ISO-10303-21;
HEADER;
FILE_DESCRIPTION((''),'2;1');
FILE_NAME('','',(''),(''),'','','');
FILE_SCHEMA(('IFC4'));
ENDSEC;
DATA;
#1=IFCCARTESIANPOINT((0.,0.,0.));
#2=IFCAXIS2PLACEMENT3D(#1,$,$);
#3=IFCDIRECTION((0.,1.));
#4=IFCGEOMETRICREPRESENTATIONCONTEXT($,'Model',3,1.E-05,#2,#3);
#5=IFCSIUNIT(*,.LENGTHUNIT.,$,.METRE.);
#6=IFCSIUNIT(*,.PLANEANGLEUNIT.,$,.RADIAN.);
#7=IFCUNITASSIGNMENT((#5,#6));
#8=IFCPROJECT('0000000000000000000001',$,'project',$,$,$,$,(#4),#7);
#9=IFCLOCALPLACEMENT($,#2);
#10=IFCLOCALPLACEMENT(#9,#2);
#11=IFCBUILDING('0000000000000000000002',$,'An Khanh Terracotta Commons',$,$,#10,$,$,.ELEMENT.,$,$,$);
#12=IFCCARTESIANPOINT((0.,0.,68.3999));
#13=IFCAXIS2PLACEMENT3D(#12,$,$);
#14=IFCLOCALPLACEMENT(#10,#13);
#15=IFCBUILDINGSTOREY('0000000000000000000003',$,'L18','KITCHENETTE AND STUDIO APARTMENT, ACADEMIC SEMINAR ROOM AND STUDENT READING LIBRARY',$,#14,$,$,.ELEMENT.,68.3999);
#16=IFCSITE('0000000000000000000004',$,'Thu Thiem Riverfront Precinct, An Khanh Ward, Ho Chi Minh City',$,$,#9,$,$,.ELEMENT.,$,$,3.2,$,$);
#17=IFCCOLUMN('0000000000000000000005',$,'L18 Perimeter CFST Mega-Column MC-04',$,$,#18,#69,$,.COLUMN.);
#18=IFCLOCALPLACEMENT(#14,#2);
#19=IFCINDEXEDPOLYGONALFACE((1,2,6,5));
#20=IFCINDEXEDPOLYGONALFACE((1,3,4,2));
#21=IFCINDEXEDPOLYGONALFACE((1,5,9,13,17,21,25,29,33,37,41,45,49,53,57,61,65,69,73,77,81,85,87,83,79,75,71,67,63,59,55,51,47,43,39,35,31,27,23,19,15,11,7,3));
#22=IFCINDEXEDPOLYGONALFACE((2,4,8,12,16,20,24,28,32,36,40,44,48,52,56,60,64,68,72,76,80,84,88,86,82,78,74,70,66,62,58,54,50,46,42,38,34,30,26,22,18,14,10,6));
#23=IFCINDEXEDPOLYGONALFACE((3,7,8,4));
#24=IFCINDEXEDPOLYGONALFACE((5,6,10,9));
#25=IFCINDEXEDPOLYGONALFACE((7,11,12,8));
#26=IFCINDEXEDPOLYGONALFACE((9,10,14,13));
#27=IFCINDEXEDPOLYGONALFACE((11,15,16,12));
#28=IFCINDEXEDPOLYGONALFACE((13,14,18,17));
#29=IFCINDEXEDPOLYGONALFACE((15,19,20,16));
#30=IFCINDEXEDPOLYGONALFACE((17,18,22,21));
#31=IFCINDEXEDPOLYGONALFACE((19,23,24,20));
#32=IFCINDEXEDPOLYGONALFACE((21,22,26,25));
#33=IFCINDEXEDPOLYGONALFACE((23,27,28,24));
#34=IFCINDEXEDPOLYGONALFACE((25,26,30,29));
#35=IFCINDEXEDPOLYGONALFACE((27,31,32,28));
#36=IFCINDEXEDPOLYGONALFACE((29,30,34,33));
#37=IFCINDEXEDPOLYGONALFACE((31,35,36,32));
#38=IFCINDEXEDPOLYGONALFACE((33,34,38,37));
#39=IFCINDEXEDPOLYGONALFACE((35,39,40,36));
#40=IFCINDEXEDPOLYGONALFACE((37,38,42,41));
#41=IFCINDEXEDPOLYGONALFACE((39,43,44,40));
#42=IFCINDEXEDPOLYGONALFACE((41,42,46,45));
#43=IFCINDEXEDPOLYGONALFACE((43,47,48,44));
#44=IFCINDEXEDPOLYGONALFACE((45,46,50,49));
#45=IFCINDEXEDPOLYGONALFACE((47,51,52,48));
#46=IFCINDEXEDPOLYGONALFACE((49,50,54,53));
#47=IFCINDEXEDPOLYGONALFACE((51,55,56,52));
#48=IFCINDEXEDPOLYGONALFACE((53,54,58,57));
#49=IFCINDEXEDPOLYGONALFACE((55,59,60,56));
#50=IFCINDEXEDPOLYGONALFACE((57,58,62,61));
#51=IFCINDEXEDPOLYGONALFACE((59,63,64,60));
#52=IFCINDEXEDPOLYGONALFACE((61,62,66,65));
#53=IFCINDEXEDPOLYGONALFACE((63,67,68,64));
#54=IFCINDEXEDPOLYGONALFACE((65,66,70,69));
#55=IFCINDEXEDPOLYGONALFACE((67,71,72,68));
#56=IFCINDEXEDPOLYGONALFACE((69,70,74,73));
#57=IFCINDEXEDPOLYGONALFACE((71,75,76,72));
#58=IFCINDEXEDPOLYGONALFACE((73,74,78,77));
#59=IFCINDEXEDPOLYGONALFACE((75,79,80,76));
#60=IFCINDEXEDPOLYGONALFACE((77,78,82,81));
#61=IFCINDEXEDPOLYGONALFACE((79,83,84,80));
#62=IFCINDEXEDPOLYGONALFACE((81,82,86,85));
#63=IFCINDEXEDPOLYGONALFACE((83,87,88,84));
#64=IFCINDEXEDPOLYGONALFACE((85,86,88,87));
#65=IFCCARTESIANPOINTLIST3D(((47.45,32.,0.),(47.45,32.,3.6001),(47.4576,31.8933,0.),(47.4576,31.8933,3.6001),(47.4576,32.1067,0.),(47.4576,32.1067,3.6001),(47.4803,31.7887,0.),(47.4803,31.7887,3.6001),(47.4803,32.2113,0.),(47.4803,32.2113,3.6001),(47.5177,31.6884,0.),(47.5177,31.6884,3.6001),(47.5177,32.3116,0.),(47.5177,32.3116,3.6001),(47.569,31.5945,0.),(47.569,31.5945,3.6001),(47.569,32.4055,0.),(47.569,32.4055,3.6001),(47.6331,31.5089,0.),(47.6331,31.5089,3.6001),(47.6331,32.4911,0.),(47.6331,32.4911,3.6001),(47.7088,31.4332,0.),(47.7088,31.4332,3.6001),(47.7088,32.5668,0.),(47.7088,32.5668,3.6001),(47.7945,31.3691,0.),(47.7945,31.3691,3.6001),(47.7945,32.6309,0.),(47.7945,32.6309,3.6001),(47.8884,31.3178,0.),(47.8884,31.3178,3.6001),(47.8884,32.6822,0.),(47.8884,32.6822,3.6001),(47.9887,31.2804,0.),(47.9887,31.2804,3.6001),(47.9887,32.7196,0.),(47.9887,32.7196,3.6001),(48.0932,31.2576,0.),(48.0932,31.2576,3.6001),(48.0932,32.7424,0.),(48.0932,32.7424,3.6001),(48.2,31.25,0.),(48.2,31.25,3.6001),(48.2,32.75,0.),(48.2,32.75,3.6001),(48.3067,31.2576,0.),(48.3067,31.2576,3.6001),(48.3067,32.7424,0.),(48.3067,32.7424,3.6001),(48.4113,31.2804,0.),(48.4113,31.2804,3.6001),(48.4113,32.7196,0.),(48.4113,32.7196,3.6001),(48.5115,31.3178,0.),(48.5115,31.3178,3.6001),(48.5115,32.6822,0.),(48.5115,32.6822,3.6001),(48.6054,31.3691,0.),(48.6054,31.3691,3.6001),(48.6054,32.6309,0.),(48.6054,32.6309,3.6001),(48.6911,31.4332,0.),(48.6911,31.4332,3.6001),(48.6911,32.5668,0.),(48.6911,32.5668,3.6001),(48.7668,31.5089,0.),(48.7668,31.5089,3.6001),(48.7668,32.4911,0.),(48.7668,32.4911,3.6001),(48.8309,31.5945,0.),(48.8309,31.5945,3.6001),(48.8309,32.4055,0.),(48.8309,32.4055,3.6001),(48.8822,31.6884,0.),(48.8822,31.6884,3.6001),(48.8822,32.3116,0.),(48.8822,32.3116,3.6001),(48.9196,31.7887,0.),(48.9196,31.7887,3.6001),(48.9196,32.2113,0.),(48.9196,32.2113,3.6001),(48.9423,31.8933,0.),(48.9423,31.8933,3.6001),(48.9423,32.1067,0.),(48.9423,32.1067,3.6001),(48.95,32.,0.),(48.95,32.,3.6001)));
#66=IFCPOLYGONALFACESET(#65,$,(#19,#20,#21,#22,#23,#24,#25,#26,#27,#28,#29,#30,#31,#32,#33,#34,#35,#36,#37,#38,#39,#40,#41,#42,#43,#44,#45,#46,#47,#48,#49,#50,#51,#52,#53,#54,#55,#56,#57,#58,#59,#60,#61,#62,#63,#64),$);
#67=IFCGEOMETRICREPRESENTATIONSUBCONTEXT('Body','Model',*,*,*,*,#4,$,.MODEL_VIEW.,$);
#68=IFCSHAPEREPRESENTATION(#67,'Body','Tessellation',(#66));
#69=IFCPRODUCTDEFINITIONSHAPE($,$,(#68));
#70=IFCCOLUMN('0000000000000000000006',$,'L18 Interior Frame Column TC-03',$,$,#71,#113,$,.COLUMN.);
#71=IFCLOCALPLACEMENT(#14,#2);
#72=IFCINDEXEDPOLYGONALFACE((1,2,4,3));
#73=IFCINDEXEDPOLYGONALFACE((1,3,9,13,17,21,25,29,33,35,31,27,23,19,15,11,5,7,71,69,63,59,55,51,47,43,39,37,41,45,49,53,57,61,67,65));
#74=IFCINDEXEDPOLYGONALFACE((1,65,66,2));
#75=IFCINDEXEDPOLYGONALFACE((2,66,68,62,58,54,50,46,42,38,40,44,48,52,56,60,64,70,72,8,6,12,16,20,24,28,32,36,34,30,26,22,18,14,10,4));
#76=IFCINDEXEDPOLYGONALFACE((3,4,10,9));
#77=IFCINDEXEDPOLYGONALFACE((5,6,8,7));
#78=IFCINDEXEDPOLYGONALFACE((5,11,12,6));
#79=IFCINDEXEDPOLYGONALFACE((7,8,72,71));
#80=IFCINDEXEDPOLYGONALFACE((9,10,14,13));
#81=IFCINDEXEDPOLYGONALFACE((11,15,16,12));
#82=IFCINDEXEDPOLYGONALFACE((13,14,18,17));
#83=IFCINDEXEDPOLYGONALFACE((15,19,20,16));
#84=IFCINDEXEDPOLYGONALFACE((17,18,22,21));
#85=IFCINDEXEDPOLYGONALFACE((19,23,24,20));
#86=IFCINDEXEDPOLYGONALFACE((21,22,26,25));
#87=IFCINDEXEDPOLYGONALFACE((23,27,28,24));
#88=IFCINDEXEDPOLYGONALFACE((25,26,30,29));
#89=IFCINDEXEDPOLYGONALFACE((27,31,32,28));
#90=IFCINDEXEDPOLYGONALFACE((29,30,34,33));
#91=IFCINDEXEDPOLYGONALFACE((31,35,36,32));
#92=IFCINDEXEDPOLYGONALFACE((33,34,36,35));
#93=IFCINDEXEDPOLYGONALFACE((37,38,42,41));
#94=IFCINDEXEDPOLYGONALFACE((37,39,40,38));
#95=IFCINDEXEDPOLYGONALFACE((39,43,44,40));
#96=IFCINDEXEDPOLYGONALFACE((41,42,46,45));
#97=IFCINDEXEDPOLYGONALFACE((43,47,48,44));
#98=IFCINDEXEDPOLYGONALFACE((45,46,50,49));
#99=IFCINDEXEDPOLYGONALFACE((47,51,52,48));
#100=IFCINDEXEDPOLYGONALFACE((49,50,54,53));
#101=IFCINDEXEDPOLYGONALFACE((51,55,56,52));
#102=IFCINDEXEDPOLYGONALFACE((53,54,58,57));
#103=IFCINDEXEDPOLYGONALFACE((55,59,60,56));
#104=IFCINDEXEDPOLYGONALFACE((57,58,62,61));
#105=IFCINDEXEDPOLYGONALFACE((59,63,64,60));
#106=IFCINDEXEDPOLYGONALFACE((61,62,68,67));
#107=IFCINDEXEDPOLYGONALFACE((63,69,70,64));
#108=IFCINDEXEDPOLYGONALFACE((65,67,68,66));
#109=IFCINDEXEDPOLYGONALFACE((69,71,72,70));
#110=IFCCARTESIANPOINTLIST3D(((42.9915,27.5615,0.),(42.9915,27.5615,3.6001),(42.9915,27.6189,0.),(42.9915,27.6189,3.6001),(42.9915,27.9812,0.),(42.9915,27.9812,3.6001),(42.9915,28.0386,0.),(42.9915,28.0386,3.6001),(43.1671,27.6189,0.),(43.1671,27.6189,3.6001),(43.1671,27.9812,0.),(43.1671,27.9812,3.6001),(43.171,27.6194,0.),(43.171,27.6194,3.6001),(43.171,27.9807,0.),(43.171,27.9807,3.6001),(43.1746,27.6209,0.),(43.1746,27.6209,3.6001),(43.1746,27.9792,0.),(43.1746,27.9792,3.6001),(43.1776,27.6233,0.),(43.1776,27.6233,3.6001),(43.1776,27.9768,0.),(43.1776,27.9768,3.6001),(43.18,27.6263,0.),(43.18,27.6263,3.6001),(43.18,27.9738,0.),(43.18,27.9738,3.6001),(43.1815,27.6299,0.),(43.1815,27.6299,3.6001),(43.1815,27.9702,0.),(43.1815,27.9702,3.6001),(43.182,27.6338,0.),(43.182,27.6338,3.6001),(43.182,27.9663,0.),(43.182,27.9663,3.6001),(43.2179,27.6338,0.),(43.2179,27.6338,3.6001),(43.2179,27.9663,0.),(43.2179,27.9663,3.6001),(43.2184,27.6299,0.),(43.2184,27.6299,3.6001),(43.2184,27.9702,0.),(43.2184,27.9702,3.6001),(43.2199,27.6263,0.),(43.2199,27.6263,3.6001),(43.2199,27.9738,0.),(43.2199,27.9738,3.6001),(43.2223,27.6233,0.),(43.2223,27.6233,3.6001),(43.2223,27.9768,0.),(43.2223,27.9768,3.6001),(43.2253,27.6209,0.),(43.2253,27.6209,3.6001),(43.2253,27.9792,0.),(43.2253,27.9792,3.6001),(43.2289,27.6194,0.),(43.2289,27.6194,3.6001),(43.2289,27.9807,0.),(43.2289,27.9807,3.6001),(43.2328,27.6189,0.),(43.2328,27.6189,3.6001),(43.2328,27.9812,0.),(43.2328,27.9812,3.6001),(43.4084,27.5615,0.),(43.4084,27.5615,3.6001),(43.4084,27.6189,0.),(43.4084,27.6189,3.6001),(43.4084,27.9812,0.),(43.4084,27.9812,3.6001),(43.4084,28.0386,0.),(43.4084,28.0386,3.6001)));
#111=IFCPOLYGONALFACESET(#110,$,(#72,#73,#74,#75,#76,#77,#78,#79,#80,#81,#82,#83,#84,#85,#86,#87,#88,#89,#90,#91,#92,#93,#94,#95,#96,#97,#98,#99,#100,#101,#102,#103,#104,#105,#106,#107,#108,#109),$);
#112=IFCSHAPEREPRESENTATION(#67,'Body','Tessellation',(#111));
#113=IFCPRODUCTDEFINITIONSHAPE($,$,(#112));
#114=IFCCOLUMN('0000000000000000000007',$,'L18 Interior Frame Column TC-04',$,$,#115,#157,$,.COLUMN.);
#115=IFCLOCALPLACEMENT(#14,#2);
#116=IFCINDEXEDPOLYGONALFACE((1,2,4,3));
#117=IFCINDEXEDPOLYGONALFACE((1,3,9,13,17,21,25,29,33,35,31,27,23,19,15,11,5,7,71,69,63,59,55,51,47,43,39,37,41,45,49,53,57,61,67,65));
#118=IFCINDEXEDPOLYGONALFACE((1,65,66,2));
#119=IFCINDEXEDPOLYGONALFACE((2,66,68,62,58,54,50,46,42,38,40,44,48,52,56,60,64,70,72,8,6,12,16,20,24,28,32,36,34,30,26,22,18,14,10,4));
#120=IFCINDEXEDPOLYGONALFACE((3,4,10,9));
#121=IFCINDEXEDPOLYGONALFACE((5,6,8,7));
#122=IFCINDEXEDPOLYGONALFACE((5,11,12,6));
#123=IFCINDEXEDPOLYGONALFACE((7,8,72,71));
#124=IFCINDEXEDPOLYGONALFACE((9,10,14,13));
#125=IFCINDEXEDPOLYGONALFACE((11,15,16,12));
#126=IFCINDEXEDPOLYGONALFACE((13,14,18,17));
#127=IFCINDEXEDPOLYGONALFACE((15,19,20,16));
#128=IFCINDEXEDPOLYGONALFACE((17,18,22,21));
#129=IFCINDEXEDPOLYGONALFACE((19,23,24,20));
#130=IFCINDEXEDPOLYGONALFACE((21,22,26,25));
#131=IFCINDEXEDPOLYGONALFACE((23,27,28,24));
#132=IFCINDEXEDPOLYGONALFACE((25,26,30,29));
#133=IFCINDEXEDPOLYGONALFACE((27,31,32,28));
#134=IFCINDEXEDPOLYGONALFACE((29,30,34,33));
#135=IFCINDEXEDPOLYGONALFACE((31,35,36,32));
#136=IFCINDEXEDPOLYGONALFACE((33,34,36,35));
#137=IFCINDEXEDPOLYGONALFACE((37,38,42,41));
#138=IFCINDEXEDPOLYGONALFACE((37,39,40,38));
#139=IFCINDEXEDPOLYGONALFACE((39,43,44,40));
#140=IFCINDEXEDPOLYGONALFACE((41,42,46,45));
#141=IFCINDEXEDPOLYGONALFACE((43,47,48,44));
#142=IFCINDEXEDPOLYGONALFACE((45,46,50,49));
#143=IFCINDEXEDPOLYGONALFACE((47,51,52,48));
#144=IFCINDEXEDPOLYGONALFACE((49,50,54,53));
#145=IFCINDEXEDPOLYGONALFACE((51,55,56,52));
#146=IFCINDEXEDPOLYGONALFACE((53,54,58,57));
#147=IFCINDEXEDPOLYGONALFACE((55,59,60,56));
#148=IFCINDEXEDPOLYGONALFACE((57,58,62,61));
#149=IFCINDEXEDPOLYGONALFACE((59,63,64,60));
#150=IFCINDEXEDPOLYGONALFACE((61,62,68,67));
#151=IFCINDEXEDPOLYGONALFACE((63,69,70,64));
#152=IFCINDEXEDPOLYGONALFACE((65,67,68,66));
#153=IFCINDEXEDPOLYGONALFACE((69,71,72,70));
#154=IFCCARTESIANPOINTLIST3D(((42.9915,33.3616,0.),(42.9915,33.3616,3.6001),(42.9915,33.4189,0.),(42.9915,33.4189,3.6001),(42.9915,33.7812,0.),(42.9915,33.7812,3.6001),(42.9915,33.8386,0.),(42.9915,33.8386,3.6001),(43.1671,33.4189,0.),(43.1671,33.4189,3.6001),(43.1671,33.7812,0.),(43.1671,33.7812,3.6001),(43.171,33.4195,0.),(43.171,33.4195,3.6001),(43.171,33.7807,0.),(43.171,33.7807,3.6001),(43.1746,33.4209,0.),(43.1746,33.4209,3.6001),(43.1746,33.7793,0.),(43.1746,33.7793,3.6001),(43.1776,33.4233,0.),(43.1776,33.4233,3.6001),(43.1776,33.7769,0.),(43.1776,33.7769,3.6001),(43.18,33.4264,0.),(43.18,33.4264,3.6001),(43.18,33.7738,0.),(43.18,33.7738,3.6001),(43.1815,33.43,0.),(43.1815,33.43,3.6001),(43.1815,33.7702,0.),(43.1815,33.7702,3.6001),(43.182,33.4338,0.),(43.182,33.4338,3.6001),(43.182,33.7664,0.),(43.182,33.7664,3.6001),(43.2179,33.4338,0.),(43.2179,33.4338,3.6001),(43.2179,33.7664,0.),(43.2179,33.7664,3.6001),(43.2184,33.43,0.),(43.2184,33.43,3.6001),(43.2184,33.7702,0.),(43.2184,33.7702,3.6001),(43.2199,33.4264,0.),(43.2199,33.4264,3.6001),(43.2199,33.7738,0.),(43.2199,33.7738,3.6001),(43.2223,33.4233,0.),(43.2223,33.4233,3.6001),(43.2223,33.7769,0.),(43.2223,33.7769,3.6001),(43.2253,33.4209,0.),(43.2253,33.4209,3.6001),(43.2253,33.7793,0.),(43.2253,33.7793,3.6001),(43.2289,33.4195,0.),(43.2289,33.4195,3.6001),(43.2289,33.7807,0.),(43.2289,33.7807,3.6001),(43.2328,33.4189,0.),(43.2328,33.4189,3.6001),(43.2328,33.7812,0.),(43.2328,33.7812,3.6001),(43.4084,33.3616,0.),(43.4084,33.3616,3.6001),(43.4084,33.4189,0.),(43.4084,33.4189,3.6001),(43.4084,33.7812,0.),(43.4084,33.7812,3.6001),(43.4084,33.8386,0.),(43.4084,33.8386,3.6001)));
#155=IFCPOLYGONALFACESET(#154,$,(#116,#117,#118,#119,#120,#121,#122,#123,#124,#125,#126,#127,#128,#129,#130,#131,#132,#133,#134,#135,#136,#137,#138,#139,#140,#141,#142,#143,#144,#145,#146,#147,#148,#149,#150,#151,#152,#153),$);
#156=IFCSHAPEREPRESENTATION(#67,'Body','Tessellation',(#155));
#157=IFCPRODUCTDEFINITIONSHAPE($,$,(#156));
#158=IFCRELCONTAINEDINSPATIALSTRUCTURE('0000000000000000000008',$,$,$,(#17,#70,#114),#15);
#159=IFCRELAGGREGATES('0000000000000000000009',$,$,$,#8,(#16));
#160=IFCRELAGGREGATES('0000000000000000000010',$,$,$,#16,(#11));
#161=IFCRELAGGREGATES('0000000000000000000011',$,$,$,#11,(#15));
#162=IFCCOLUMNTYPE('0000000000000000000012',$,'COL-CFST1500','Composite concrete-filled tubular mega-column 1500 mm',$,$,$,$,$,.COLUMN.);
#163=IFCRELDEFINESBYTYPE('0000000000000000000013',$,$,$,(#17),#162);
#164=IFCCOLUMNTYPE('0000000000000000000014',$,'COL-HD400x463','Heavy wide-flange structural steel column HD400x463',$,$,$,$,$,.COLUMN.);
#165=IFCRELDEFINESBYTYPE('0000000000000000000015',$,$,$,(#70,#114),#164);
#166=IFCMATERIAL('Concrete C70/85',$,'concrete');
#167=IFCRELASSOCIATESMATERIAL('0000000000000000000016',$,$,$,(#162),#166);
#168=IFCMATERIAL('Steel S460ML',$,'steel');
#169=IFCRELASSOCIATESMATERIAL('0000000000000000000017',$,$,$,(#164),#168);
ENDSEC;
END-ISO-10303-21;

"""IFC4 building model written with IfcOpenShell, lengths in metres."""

from ifc_helpers import new_model, si_unit, direction, frame, origin, origin_2d, place, context, subcontext, project, spatial, circle, i_section, extrude, material, material_profile, profile_set, type_object, element, save


model = new_model("IFC4")

# Units and contexts
model_context = context("Model", 3, precision=1e-05, world=origin(), true_north=direction((0.0, 1.0)))
body_context = subcontext(model_context, "Body", "Model", "MODEL_VIEW")
ifc_project = project(units=[si_unit("LENGTHUNIT", "METRE"), si_unit("PLANEANGLEUNIT", "RADIAN")], contexts=[model_context])

# Site, building, storey
site_placement = place(None, origin())
site = spatial("IfcSite", under=ifc_project, at=site_placement, Name="Thu Thiem Riverfront Precinct, An Khanh Ward, Ho Chi Minh City", CompositionType="ELEMENT", RefElevation=3.2)
building_placement = place(site_placement, origin())
building = spatial("IfcBuilding", under=site, at=building_placement, Name="An Khanh Terracotta Commons", CompositionType="ELEMENT")
storey_placement = place(building_placement, frame((0.0, 0.0, 68.3999)))
storey = spatial("IfcBuildingStorey", under=building, at=storey_placement, Name="L18", Description="KITCHENETTE AND STUDIO APARTMENT, ACADEMIC SEMINAR ROOM AND STUDENT READING LIBRARY", CompositionType="ELEMENT", Elevation=68.3999)

# Columns
ifc_material_1 = material(Name="Concrete C70/85", Category="concrete")
ifc_material_profile_1 = material_profile(ifc_material_1, circle(Radius=0.75, at=origin_2d()), Name="CFST1500")
ifc_profile_set_1 = profile_set([ifc_material_profile_1], Name="Concrete C70/85")
column_type_1 = type_object("IfcColumnType", Name="COL-CFST1500", Description="Composite concrete-filled tubular mega-column 1500 mm", PredefinedType="COLUMN", material=ifc_profile_set_1)
column_placement = place(storey_placement, frame((48.2, 32.0, 0.0), z_axis=(0.0, 0.0, 1.0), x_axis=(1.0, 0.0, 0.0)))
element("IfcColumn", 1, at=column_placement, inside=storey, type_object=column_type_1, Name="L18 Perimeter CFST Mega-Column MC-04", PredefinedType="COLUMN", context=body_context, shape_type="SweptSolid", body=[
    extrude(circle(Radius=0.75, at=origin_2d()), origin(), (0.0, 0.0, 1.0), 3.6001),
])
ifc_material_2 = material(Name="Steel S460ML", Category="steel")
ifc_material_profile_2 = material_profile(ifc_material_2, i_section(OverallWidth=0.417, OverallDepth=0.4771, WebThickness=0.0359, FlangeThickness=0.0574, FilletRadius=0.0149, at=origin_2d()), Name="HD400x463")
ifc_profile_set_2 = profile_set([ifc_material_profile_2], Name="Steel S460ML")
column_type_2 = type_object("IfcColumnType", Name="COL-HD400x463", Description="Heavy wide-flange structural steel column HD400x463", PredefinedType="COLUMN", material=ifc_profile_set_2)
for number, where, z_axis, x_axis, name in (
    (2, (43.2, 27.8, 0.0), (0.0, 0.0, 1.0), (1.0, 0.0, 0.0), "L18 Interior Frame Column TC-03"),
    (3, (43.2, 33.6001, 0.0), (0.0, 0.0, 1.0), (1.0, 0.0, 0.0), "L18 Interior Frame Column TC-04"),
):
    element("IfcColumn", number, at=place(storey_placement, frame(where, z_axis=z_axis, x_axis=x_axis)), inside=storey, type_object=column_type_2, Name=name, PredefinedType="COLUMN", context=body_context, shape_type="SweptSolid", body=[
        extrude(i_section(OverallWidth=0.417, OverallDepth=0.4771, WebThickness=0.0359, FlangeThickness=0.0574, FilletRadius=0.0149, at=origin_2d()), origin(), (0.0, 0.0, 1.0), 3.6001),
    ])

save(model, "model.ifc")
